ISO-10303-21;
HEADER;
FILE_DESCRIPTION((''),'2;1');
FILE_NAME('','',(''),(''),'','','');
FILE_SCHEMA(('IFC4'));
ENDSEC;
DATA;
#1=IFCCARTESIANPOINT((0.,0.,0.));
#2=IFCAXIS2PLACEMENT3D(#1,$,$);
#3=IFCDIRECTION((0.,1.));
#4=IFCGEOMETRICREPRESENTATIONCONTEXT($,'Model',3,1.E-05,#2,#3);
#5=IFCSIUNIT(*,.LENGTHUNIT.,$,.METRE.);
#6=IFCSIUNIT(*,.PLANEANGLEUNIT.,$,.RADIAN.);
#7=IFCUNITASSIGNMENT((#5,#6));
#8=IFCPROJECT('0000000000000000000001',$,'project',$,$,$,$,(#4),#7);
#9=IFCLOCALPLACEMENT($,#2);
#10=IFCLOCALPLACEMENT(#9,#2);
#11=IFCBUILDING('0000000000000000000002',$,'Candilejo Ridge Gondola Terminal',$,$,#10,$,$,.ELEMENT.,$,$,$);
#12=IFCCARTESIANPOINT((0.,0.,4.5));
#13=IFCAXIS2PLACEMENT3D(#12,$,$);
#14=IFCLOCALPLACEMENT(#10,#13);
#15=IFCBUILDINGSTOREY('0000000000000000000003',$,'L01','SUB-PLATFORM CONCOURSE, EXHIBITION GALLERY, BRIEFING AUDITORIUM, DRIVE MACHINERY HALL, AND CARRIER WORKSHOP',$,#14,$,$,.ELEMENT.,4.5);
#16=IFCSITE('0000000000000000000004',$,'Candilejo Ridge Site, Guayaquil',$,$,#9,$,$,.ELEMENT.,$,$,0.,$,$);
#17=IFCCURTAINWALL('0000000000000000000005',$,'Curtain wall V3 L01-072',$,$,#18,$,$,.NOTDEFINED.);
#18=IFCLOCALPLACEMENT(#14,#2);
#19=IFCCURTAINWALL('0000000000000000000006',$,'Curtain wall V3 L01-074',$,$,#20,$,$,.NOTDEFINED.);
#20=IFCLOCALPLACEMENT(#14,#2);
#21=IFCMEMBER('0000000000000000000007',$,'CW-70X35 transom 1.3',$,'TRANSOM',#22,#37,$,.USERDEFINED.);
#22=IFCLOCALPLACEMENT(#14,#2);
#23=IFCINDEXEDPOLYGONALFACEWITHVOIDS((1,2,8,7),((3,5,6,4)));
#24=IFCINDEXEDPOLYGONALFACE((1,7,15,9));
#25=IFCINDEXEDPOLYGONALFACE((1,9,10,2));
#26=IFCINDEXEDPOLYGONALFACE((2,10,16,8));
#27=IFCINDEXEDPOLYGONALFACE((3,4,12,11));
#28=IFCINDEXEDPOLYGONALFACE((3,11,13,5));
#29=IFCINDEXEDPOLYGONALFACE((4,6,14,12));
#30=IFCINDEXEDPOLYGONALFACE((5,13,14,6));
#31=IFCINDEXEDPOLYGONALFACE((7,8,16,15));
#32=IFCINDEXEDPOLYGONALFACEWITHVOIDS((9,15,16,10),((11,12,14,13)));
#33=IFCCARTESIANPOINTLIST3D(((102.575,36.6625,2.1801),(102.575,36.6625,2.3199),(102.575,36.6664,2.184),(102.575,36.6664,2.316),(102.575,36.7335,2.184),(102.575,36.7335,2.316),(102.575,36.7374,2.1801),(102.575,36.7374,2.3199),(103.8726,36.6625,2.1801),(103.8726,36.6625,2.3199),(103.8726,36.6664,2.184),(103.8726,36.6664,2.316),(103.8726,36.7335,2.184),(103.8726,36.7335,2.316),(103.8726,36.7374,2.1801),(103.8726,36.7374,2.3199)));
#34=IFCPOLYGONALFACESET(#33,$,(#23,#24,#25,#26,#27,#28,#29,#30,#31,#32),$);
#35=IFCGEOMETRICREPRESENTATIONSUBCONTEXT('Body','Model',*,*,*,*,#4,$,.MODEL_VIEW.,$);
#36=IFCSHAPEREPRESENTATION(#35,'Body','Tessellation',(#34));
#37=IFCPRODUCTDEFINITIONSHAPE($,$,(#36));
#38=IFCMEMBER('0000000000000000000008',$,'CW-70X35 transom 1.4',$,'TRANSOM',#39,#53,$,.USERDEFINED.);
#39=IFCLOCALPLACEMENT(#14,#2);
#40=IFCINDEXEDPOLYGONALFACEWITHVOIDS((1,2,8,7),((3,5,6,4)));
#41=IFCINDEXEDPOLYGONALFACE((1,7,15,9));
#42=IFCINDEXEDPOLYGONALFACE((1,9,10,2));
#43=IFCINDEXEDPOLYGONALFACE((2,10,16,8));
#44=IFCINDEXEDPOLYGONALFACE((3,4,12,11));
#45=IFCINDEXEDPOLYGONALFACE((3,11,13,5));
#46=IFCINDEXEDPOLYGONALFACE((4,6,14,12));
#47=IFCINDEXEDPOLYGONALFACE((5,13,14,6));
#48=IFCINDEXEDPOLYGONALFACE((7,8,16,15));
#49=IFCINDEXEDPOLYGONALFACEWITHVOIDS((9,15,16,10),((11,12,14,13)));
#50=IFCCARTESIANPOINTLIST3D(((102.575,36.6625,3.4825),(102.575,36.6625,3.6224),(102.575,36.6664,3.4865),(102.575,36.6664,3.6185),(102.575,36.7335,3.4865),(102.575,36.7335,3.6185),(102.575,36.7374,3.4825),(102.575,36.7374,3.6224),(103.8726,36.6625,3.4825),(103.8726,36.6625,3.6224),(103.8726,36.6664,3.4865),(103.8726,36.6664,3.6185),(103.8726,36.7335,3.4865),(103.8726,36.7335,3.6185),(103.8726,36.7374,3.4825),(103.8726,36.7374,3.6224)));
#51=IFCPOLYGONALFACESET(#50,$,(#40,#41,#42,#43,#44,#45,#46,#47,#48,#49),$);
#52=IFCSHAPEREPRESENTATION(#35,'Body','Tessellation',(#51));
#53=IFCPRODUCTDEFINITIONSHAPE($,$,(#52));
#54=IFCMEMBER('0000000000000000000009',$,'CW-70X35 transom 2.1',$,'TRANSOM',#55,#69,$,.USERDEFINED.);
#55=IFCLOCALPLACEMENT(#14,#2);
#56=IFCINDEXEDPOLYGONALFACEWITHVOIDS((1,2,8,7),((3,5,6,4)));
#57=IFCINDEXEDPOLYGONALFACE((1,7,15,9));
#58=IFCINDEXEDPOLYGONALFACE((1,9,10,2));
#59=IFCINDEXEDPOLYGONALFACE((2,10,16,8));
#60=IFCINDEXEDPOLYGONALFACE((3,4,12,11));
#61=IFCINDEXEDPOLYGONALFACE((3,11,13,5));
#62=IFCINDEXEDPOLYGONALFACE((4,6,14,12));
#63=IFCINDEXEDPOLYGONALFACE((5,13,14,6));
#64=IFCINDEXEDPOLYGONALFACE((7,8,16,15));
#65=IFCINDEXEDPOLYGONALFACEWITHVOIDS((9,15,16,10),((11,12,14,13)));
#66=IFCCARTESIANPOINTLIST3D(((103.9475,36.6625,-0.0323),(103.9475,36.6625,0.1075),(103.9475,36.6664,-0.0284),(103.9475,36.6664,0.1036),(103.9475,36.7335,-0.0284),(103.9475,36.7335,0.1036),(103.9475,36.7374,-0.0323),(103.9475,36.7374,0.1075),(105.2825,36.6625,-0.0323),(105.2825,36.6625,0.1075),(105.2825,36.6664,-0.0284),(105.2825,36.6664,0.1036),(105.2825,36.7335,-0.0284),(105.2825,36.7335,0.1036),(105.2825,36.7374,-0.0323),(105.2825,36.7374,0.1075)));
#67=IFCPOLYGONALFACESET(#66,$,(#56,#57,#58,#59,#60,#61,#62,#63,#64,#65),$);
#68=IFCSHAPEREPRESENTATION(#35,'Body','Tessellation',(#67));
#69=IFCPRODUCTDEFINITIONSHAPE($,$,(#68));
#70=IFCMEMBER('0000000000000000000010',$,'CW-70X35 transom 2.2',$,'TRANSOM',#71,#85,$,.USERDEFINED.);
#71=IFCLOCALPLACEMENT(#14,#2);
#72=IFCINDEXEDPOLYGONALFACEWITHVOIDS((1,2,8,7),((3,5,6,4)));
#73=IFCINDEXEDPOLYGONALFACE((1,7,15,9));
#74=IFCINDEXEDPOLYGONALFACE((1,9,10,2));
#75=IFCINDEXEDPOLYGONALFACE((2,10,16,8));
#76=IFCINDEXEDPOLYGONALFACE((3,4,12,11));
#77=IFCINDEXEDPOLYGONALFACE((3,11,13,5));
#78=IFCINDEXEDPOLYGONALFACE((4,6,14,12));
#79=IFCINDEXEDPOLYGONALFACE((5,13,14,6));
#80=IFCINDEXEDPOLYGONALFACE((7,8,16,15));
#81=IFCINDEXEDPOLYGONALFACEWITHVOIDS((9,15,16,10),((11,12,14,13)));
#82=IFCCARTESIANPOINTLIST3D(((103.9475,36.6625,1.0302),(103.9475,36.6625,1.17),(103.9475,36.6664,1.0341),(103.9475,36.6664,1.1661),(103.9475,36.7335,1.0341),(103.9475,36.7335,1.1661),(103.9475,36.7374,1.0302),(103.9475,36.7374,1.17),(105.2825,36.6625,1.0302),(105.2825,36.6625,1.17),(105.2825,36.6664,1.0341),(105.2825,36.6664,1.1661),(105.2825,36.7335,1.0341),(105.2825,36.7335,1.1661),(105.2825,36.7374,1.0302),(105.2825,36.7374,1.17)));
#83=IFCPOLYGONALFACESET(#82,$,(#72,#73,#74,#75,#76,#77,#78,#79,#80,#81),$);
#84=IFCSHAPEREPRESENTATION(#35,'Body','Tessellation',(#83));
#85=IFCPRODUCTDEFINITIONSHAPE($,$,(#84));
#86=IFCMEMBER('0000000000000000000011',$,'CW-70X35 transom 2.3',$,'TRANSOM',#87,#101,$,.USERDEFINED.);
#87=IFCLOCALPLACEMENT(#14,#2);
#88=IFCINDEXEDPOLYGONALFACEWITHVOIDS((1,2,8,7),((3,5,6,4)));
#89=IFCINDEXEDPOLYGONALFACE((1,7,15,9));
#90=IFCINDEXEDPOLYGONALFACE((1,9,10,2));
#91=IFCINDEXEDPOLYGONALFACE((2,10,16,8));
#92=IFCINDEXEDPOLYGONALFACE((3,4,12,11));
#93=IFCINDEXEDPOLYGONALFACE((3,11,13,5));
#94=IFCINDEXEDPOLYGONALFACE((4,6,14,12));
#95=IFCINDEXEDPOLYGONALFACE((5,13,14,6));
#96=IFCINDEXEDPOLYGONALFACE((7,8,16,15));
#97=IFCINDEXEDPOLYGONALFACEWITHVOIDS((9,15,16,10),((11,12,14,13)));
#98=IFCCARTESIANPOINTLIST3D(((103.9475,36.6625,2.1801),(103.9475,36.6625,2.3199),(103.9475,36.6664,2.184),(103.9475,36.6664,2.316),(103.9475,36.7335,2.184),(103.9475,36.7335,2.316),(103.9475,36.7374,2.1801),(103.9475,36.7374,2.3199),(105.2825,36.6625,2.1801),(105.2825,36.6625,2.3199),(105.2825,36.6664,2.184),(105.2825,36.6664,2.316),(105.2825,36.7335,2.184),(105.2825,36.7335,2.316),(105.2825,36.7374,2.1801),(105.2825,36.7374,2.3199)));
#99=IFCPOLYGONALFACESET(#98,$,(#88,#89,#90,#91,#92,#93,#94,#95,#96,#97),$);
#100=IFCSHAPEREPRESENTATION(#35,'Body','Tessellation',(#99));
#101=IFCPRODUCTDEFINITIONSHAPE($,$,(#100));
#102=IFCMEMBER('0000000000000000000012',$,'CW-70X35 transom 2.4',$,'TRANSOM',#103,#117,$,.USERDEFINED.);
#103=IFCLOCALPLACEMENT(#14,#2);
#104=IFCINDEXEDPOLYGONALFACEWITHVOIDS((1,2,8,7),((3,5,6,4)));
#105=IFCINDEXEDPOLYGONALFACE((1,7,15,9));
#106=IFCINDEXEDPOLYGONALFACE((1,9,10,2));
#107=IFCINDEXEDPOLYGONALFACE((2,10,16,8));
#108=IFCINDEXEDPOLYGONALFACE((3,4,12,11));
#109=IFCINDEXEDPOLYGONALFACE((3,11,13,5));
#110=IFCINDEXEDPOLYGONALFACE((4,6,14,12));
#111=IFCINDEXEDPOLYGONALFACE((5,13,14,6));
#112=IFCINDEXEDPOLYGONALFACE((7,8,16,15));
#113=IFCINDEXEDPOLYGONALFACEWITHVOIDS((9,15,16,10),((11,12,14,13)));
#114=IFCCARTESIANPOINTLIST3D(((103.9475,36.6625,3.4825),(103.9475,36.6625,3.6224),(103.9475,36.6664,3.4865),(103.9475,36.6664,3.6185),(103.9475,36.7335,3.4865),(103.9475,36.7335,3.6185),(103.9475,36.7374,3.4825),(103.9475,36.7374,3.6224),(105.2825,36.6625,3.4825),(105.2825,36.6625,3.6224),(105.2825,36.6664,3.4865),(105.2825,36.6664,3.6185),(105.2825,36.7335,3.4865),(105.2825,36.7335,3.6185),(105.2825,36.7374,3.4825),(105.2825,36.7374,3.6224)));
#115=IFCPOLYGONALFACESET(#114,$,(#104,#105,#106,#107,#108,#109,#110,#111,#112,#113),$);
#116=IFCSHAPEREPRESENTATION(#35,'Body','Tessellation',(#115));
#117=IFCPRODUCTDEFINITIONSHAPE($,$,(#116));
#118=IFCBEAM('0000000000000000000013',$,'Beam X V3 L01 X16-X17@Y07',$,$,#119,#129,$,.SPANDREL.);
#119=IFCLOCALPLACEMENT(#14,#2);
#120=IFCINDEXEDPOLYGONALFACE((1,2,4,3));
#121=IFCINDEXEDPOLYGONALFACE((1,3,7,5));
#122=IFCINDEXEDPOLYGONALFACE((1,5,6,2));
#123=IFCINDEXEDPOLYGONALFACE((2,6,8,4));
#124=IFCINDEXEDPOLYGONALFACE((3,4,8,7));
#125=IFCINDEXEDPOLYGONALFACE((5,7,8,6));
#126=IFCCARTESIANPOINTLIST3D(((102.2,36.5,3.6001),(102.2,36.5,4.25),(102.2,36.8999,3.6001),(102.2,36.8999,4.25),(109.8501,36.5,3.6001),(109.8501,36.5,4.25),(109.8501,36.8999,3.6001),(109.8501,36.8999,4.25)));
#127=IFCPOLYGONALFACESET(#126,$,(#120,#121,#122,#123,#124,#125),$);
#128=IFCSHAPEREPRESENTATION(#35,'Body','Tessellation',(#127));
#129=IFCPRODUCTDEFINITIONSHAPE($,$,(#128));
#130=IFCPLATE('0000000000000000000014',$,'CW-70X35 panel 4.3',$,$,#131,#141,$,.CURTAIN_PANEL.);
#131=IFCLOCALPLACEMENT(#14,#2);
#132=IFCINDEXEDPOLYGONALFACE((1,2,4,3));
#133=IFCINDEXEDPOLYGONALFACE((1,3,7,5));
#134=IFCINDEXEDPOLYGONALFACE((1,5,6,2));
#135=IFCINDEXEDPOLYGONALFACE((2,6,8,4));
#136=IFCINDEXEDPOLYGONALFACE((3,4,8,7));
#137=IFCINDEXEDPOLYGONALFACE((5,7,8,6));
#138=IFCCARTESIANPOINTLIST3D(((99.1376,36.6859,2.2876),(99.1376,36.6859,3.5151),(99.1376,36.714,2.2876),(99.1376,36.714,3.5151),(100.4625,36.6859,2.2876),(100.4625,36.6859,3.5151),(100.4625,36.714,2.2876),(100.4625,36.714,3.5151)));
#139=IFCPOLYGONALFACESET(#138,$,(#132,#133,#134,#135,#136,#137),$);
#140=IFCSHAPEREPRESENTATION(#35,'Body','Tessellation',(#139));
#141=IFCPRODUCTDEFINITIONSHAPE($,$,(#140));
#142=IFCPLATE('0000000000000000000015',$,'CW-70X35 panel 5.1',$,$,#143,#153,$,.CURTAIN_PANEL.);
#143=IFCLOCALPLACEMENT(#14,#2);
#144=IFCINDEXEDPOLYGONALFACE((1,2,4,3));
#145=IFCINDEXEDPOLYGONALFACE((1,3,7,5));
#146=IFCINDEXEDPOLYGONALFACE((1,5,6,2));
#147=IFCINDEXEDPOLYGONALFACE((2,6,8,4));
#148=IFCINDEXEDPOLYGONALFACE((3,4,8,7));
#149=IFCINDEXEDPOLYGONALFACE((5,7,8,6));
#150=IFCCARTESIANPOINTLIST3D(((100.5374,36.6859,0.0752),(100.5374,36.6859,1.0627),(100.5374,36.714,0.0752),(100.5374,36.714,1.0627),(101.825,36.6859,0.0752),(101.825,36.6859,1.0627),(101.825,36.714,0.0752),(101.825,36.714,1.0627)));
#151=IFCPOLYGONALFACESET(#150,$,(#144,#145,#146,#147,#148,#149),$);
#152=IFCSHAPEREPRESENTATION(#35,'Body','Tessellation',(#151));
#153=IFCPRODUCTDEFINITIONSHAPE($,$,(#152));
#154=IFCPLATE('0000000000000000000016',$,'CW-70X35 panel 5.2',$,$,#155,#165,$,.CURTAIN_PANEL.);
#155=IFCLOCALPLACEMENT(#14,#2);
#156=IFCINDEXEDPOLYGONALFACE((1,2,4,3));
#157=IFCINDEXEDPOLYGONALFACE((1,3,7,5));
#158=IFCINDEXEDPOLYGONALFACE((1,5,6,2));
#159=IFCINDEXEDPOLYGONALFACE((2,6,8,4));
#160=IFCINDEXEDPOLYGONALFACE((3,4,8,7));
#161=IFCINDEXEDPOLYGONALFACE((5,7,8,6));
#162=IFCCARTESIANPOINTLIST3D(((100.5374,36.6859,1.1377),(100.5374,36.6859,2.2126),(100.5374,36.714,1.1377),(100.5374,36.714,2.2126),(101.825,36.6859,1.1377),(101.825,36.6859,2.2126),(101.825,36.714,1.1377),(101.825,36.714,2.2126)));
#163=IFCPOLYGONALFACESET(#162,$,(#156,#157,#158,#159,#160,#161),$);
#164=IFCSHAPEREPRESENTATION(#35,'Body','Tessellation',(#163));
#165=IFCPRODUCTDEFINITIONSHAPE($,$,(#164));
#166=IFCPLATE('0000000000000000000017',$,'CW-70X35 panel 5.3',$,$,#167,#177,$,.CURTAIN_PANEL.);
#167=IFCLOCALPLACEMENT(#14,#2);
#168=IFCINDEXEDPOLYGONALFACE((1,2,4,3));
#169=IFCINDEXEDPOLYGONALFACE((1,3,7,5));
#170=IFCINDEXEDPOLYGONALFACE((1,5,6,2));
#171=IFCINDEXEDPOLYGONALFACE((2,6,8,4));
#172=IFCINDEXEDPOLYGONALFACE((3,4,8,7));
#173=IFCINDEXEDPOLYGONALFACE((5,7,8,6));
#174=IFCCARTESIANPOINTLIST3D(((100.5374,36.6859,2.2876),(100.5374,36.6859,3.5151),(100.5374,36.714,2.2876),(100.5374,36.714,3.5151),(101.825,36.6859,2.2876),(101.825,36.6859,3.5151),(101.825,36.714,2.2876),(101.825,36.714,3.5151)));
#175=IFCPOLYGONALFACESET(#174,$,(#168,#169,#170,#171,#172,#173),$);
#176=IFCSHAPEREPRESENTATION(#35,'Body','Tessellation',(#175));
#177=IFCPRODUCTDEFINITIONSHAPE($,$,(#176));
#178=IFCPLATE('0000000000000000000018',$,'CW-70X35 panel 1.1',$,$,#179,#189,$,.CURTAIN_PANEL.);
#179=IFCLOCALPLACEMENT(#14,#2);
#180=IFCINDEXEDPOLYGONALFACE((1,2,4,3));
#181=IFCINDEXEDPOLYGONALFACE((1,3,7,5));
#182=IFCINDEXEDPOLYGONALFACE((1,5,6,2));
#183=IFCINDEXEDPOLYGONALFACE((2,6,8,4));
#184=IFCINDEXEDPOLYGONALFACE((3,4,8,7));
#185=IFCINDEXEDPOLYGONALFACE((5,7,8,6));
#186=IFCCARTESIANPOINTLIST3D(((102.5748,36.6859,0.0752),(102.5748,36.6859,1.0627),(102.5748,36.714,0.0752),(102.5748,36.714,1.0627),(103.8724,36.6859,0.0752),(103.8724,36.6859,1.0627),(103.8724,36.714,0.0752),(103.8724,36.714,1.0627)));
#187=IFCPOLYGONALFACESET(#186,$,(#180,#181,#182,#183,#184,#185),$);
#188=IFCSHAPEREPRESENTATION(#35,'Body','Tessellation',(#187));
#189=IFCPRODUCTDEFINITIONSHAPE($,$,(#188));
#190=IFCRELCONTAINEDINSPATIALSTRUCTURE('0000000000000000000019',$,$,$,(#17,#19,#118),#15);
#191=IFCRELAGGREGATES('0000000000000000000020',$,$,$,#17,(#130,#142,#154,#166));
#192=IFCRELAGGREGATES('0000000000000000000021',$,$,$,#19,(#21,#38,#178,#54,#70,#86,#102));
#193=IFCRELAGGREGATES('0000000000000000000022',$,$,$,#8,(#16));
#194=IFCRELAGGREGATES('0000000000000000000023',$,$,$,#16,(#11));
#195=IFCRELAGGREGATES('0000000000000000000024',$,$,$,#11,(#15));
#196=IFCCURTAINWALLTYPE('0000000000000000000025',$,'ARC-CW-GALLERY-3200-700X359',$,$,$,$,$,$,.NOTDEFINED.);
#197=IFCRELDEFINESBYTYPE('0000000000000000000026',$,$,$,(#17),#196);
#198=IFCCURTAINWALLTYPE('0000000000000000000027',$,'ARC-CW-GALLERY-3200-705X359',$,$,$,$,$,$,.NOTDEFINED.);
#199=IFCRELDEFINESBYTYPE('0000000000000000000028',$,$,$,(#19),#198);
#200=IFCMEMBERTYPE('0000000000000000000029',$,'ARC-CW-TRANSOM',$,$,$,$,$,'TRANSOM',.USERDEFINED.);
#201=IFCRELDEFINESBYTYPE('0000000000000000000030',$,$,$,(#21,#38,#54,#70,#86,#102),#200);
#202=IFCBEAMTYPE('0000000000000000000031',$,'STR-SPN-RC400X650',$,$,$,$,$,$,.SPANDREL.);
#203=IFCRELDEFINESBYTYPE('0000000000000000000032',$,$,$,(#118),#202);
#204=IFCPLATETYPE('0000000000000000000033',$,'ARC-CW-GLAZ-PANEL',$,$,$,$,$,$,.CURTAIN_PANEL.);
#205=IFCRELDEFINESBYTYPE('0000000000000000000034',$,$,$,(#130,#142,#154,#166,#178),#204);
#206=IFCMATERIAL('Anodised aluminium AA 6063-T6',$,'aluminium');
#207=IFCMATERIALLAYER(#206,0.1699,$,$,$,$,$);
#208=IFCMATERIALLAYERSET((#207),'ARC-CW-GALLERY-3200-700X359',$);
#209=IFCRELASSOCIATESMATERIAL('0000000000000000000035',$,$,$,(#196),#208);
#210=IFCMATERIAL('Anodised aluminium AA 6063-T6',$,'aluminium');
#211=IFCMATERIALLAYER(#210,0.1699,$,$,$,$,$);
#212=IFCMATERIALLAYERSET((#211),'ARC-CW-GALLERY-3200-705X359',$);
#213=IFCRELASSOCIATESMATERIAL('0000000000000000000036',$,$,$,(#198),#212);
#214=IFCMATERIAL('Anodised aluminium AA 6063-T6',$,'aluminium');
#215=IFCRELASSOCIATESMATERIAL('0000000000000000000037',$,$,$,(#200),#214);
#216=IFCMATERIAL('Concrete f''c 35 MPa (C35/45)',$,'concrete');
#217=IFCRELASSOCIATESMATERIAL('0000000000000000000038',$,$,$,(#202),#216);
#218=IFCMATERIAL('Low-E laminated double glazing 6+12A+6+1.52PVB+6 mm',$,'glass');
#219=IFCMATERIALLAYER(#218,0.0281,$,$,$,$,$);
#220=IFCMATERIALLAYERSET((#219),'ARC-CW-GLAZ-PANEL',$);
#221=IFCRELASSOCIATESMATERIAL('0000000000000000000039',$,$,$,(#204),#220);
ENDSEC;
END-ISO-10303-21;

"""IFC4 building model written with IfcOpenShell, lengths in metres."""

from ifc_helpers import new_model, si_unit, direction, frame, origin, origin_2d, place, context, subcontext, project, spatial, rectangle, hollow_rectangle, extrude, material, layer, layer_set, material_profile, profile_set, type_object, element, aggregate, save


model = new_model("IFC4")

# Units and contexts
model_context = context("Model", 3, precision=1e-05, world=origin(), true_north=direction((0.0, 1.0)))
body_context = subcontext(model_context, "Body", "Model", "MODEL_VIEW")
ifc_project = project(units=[si_unit("LENGTHUNIT", "METRE"), si_unit("PLANEANGLEUNIT", "RADIAN")], contexts=[model_context])

# Site, building, storey
site_placement = place(None, origin())
site = spatial("IfcSite", under=ifc_project, at=site_placement, Name="Candilejo Ridge Site, Guayaquil", CompositionType="ELEMENT", RefElevation=0.0)
building_placement = place(site_placement, origin())
building = spatial("IfcBuilding", under=site, at=building_placement, Name="Candilejo Ridge Gondola Terminal", CompositionType="ELEMENT")
storey_placement = place(building_placement, frame((0.0, 0.0, 4.5)))
storey = spatial("IfcBuildingStorey", under=building, at=storey_placement, Name="L01", Description="SUB-PLATFORM CONCOURSE, EXHIBITION GALLERY, BRIEFING AUDITORIUM, DRIVE MACHINERY HALL, AND CARRIER WORKSHOP", CompositionType="ELEMENT", Elevation=4.5)

# Curtain walls
ifc_material_1 = material(Name="Anodised aluminium AA 6063-T6", Category="aluminium")
ifc_layer_1 = layer(ifc_material_1, 0.1699)
ifc_layer_set_1 = layer_set([ifc_layer_1], Name="ARC-CW-GALLERY-3200-700X359")
curtain_wall_type_1 = type_object("IfcCurtainWallType", Name="ARC-CW-GALLERY-3200-700X359", PredefinedType="NOTDEFINED", material=ifc_layer_set_1)
curtain_wall_1_placement = place(storey_placement, origin())
curtain_wall_1 = element("IfcCurtainWall", 1, at=curtain_wall_1_placement, inside=storey, type_object=curtain_wall_type_1, Name="Curtain wall V3 L01-072", PredefinedType="NOTDEFINED")
ifc_material_2 = material(Name="Anodised aluminium AA 6063-T6", Category="aluminium")
ifc_layer_2 = layer(ifc_material_2, 0.1699)
ifc_layer_set_2 = layer_set([ifc_layer_2], Name="ARC-CW-GALLERY-3200-705X359")
curtain_wall_type_2 = type_object("IfcCurtainWallType", Name="ARC-CW-GALLERY-3200-705X359", PredefinedType="NOTDEFINED", material=ifc_layer_set_2)
curtain_wall_2_placement = place(storey_placement, origin())
curtain_wall_2 = element("IfcCurtainWall", 2, at=curtain_wall_2_placement, inside=storey, type_object=curtain_wall_type_2, Name="Curtain wall V3 L01-074", PredefinedType="NOTDEFINED")

# Members
ifc_material_3 = material(Name="Anodised aluminium AA 6063-T6", Category="aluminium")
ifc_material_profile_1 = material_profile(ifc_material_3, hollow_rectangle(XDim=0.075, YDim=0.1399, WallThickness=0.0039, at=origin_2d()))
ifc_profile_set_1 = profile_set([ifc_material_profile_1], Name="Anodised aluminium AA 6063-T6")
member_type_1 = type_object("IfcMemberType", Name="ARC-CW-TRANSOM", ElementType="TRANSOM", PredefinedType="USERDEFINED", material=ifc_profile_set_1)
member_1_placement = place(storey_placement, frame((102.575, 36.7, 2.25), z_axis=(1.0, 0.0, 0.0), x_axis=(0.0, 1.0, 0.0)))
member_1 = element("IfcMember", 3, at=member_1_placement, type_object=member_type_1, Name="CW-70X35 transom 1.3", ObjectType="TRANSOM", PredefinedType="USERDEFINED", context=body_context, shape_type="SweptSolid", body=[
    extrude(hollow_rectangle(XDim=0.075, YDim=0.1399, WallThickness=0.0039, at=origin_2d()), origin(), (0.0, 0.0, 1.0), 1.2976),
])
member_2_placement = place(storey_placement, frame((102.575, 36.7, 3.5525), z_axis=(1.0, 0.0, 0.0), x_axis=(0.0, 1.0, 0.0)))
member_2 = element("IfcMember", 4, at=member_2_placement, type_object=member_type_1, Name="CW-70X35 transom 1.4", ObjectType="TRANSOM", PredefinedType="USERDEFINED", context=body_context, shape_type="SweptSolid", body=[
    extrude(hollow_rectangle(XDim=0.075, YDim=0.1399, WallThickness=0.0039, at=origin_2d()), origin(), (0.0, 0.0, 1.0), 1.2976),
])
member_3_placement = place(storey_placement, frame((103.9475, 36.7, 0.0376), z_axis=(1.0, 0.0, 0.0), x_axis=(0.0, 1.0, 0.0)))
member_3 = element("IfcMember", 5, at=member_3_placement, type_object=member_type_1, Name="CW-70X35 transom 2.1", ObjectType="TRANSOM", PredefinedType="USERDEFINED", context=body_context, shape_type="SweptSolid", body=[
    extrude(hollow_rectangle(XDim=0.075, YDim=0.1399, WallThickness=0.0039, at=origin_2d()), origin(), (0.0, 0.0, 1.0), 1.335),
])
member_4_placement = place(storey_placement, frame((103.9475, 36.7, 1.1001), z_axis=(1.0, 0.0, 0.0), x_axis=(0.0, 1.0, 0.0)))
member_4 = element("IfcMember", 6, at=member_4_placement, type_object=member_type_1, Name="CW-70X35 transom 2.2", ObjectType="TRANSOM", PredefinedType="USERDEFINED", context=body_context, shape_type="SweptSolid", body=[
    extrude(hollow_rectangle(XDim=0.075, YDim=0.1399, WallThickness=0.0039, at=origin_2d()), origin(), (0.0, 0.0, 1.0), 1.335),
])
member_5_placement = place(storey_placement, frame((103.9475, 36.7, 2.25), z_axis=(1.0, 0.0, 0.0), x_axis=(0.0, 1.0, 0.0)))
member_5 = element("IfcMember", 7, at=member_5_placement, type_object=member_type_1, Name="CW-70X35 transom 2.3", ObjectType="TRANSOM", PredefinedType="USERDEFINED", context=body_context, shape_type="SweptSolid", body=[
    extrude(hollow_rectangle(XDim=0.075, YDim=0.1399, WallThickness=0.0039, at=origin_2d()), origin(), (0.0, 0.0, 1.0), 1.335),
])
member_6_placement = place(storey_placement, frame((103.9475, 36.7, 3.5525), z_axis=(1.0, 0.0, 0.0), x_axis=(0.0, 1.0, 0.0)))
member_6 = element("IfcMember", 8, at=member_6_placement, type_object=member_type_1, Name="CW-70X35 transom 2.4", ObjectType="TRANSOM", PredefinedType="USERDEFINED", context=body_context, shape_type="SweptSolid", body=[
    extrude(hollow_rectangle(XDim=0.075, YDim=0.1399, WallThickness=0.0039, at=origin_2d()), origin(), (0.0, 0.0, 1.0), 1.335),
])

# Beam
ifc_material_4 = material(Name="Concrete f'c 35 MPa (C35/45)", Category="concrete")
ifc_material_profile_2 = material_profile(ifc_material_4, rectangle(XDim=0.3999, YDim=0.6499, at=origin_2d()))
ifc_profile_set_2 = profile_set([ifc_material_profile_2], Name="Concrete f'c 35 MPa (C35/45)")
beam_type = type_object("IfcBeamType", Name="STR-SPN-RC400X650", PredefinedType="SPANDREL", material=ifc_profile_set_2)
beam_placement = place(storey_placement, frame((102.2, 36.7, 3.925), z_axis=(1.0, 0.0, 0.0), x_axis=(0.0, 1.0, 0.0)))
element("IfcBeam", 9, at=beam_placement, inside=storey, type_object=beam_type, Name="Beam X V3 L01 X16-X17@Y07", PredefinedType="SPANDREL", context=body_context, shape_type="SweptSolid", body=[
    extrude(rectangle(XDim=0.3999, YDim=0.6499, at=origin_2d()), origin(), (0.0, 0.0, 1.0), 7.6501),
])

# Plates
ifc_material_5 = material(Name="Low-E laminated double glazing 6+12A+6+1.52PVB+6 mm", Category="glass")
ifc_layer_3 = layer(ifc_material_5, 0.0281)
ifc_layer_set_3 = layer_set([ifc_layer_3], Name="ARC-CW-GLAZ-PANEL")
plate_type = type_object("IfcPlateType", Name="ARC-CW-GLAZ-PANEL", PredefinedType="CURTAIN_PANEL", material=ifc_layer_set_3)
plate_1_placement = place(storey_placement, frame((99.8, 36.7, 2.2876), z_axis=(0.0, 0.0, 1.0), x_axis=(1.0, 0.0, 0.0)))
plate_1 = element("IfcPlate", 10, at=plate_1_placement, type_object=plate_type, Name="CW-70X35 panel 4.3", PredefinedType="CURTAIN_PANEL", context=body_context, shape_type="SweptSolid", body=[
    extrude(rectangle(XDim=1.325, YDim=0.0281, at=origin_2d()), origin(), (0.0, 0.0, 1.0), 1.2275),
])
plate_2_placement = place(storey_placement, frame((101.1812, 36.7, 0.0752), z_axis=(0.0, 0.0, 1.0), x_axis=(1.0, 0.0, 0.0)))
plate_2 = element("IfcPlate", 11, at=plate_2_placement, type_object=plate_type, Name="CW-70X35 panel 5.1", PredefinedType="CURTAIN_PANEL", context=body_context, shape_type="SweptSolid", body=[
    extrude(rectangle(XDim=1.2876, YDim=0.0281, at=origin_2d()), origin(), (0.0, 0.0, 1.0), 0.9875),
])
plate_3_placement = place(storey_placement, frame((101.1812, 36.7, 1.1377), z_axis=(0.0, 0.0, 1.0), x_axis=(1.0, 0.0, 0.0)))
plate_3 = element("IfcPlate", 12, at=plate_3_placement, type_object=plate_type, Name="CW-70X35 panel 5.2", PredefinedType="CURTAIN_PANEL", context=body_context, shape_type="SweptSolid", body=[
    extrude(rectangle(XDim=1.2876, YDim=0.0281, at=origin_2d()), origin(), (0.0, 0.0, 1.0), 1.075),
])
plate_4_placement = place(storey_placement, frame((101.1812, 36.7, 2.2876), z_axis=(0.0, 0.0, 1.0), x_axis=(1.0, 0.0, 0.0)))
plate_4 = element("IfcPlate", 13, at=plate_4_placement, type_object=plate_type, Name="CW-70X35 panel 5.3", PredefinedType="CURTAIN_PANEL", context=body_context, shape_type="SweptSolid", body=[
    extrude(rectangle(XDim=1.2876, YDim=0.0281, at=origin_2d()), origin(), (0.0, 0.0, 1.0), 1.2275),
])
aggregate(curtain_wall_1, [plate_1, plate_2, plate_3, plate_4])
plate_5_placement = place(storey_placement, frame((103.2236, 36.7, 0.0752), z_axis=(0.0, 0.0, 1.0), x_axis=(1.0, 0.0, 0.0)))
plate_5 = element("IfcPlate", 14, at=plate_5_placement, type_object=plate_type, Name="CW-70X35 panel 1.1", PredefinedType="CURTAIN_PANEL", context=body_context, shape_type="SweptSolid", body=[
    extrude(rectangle(XDim=1.2976, YDim=0.0281, at=origin_2d()), origin(), (0.0, 0.0, 1.0), 0.9875),
])
aggregate(curtain_wall_2, [member_1, member_2, plate_5, member_3, member_4, member_5, member_6])

save(model, "model.ifc")
